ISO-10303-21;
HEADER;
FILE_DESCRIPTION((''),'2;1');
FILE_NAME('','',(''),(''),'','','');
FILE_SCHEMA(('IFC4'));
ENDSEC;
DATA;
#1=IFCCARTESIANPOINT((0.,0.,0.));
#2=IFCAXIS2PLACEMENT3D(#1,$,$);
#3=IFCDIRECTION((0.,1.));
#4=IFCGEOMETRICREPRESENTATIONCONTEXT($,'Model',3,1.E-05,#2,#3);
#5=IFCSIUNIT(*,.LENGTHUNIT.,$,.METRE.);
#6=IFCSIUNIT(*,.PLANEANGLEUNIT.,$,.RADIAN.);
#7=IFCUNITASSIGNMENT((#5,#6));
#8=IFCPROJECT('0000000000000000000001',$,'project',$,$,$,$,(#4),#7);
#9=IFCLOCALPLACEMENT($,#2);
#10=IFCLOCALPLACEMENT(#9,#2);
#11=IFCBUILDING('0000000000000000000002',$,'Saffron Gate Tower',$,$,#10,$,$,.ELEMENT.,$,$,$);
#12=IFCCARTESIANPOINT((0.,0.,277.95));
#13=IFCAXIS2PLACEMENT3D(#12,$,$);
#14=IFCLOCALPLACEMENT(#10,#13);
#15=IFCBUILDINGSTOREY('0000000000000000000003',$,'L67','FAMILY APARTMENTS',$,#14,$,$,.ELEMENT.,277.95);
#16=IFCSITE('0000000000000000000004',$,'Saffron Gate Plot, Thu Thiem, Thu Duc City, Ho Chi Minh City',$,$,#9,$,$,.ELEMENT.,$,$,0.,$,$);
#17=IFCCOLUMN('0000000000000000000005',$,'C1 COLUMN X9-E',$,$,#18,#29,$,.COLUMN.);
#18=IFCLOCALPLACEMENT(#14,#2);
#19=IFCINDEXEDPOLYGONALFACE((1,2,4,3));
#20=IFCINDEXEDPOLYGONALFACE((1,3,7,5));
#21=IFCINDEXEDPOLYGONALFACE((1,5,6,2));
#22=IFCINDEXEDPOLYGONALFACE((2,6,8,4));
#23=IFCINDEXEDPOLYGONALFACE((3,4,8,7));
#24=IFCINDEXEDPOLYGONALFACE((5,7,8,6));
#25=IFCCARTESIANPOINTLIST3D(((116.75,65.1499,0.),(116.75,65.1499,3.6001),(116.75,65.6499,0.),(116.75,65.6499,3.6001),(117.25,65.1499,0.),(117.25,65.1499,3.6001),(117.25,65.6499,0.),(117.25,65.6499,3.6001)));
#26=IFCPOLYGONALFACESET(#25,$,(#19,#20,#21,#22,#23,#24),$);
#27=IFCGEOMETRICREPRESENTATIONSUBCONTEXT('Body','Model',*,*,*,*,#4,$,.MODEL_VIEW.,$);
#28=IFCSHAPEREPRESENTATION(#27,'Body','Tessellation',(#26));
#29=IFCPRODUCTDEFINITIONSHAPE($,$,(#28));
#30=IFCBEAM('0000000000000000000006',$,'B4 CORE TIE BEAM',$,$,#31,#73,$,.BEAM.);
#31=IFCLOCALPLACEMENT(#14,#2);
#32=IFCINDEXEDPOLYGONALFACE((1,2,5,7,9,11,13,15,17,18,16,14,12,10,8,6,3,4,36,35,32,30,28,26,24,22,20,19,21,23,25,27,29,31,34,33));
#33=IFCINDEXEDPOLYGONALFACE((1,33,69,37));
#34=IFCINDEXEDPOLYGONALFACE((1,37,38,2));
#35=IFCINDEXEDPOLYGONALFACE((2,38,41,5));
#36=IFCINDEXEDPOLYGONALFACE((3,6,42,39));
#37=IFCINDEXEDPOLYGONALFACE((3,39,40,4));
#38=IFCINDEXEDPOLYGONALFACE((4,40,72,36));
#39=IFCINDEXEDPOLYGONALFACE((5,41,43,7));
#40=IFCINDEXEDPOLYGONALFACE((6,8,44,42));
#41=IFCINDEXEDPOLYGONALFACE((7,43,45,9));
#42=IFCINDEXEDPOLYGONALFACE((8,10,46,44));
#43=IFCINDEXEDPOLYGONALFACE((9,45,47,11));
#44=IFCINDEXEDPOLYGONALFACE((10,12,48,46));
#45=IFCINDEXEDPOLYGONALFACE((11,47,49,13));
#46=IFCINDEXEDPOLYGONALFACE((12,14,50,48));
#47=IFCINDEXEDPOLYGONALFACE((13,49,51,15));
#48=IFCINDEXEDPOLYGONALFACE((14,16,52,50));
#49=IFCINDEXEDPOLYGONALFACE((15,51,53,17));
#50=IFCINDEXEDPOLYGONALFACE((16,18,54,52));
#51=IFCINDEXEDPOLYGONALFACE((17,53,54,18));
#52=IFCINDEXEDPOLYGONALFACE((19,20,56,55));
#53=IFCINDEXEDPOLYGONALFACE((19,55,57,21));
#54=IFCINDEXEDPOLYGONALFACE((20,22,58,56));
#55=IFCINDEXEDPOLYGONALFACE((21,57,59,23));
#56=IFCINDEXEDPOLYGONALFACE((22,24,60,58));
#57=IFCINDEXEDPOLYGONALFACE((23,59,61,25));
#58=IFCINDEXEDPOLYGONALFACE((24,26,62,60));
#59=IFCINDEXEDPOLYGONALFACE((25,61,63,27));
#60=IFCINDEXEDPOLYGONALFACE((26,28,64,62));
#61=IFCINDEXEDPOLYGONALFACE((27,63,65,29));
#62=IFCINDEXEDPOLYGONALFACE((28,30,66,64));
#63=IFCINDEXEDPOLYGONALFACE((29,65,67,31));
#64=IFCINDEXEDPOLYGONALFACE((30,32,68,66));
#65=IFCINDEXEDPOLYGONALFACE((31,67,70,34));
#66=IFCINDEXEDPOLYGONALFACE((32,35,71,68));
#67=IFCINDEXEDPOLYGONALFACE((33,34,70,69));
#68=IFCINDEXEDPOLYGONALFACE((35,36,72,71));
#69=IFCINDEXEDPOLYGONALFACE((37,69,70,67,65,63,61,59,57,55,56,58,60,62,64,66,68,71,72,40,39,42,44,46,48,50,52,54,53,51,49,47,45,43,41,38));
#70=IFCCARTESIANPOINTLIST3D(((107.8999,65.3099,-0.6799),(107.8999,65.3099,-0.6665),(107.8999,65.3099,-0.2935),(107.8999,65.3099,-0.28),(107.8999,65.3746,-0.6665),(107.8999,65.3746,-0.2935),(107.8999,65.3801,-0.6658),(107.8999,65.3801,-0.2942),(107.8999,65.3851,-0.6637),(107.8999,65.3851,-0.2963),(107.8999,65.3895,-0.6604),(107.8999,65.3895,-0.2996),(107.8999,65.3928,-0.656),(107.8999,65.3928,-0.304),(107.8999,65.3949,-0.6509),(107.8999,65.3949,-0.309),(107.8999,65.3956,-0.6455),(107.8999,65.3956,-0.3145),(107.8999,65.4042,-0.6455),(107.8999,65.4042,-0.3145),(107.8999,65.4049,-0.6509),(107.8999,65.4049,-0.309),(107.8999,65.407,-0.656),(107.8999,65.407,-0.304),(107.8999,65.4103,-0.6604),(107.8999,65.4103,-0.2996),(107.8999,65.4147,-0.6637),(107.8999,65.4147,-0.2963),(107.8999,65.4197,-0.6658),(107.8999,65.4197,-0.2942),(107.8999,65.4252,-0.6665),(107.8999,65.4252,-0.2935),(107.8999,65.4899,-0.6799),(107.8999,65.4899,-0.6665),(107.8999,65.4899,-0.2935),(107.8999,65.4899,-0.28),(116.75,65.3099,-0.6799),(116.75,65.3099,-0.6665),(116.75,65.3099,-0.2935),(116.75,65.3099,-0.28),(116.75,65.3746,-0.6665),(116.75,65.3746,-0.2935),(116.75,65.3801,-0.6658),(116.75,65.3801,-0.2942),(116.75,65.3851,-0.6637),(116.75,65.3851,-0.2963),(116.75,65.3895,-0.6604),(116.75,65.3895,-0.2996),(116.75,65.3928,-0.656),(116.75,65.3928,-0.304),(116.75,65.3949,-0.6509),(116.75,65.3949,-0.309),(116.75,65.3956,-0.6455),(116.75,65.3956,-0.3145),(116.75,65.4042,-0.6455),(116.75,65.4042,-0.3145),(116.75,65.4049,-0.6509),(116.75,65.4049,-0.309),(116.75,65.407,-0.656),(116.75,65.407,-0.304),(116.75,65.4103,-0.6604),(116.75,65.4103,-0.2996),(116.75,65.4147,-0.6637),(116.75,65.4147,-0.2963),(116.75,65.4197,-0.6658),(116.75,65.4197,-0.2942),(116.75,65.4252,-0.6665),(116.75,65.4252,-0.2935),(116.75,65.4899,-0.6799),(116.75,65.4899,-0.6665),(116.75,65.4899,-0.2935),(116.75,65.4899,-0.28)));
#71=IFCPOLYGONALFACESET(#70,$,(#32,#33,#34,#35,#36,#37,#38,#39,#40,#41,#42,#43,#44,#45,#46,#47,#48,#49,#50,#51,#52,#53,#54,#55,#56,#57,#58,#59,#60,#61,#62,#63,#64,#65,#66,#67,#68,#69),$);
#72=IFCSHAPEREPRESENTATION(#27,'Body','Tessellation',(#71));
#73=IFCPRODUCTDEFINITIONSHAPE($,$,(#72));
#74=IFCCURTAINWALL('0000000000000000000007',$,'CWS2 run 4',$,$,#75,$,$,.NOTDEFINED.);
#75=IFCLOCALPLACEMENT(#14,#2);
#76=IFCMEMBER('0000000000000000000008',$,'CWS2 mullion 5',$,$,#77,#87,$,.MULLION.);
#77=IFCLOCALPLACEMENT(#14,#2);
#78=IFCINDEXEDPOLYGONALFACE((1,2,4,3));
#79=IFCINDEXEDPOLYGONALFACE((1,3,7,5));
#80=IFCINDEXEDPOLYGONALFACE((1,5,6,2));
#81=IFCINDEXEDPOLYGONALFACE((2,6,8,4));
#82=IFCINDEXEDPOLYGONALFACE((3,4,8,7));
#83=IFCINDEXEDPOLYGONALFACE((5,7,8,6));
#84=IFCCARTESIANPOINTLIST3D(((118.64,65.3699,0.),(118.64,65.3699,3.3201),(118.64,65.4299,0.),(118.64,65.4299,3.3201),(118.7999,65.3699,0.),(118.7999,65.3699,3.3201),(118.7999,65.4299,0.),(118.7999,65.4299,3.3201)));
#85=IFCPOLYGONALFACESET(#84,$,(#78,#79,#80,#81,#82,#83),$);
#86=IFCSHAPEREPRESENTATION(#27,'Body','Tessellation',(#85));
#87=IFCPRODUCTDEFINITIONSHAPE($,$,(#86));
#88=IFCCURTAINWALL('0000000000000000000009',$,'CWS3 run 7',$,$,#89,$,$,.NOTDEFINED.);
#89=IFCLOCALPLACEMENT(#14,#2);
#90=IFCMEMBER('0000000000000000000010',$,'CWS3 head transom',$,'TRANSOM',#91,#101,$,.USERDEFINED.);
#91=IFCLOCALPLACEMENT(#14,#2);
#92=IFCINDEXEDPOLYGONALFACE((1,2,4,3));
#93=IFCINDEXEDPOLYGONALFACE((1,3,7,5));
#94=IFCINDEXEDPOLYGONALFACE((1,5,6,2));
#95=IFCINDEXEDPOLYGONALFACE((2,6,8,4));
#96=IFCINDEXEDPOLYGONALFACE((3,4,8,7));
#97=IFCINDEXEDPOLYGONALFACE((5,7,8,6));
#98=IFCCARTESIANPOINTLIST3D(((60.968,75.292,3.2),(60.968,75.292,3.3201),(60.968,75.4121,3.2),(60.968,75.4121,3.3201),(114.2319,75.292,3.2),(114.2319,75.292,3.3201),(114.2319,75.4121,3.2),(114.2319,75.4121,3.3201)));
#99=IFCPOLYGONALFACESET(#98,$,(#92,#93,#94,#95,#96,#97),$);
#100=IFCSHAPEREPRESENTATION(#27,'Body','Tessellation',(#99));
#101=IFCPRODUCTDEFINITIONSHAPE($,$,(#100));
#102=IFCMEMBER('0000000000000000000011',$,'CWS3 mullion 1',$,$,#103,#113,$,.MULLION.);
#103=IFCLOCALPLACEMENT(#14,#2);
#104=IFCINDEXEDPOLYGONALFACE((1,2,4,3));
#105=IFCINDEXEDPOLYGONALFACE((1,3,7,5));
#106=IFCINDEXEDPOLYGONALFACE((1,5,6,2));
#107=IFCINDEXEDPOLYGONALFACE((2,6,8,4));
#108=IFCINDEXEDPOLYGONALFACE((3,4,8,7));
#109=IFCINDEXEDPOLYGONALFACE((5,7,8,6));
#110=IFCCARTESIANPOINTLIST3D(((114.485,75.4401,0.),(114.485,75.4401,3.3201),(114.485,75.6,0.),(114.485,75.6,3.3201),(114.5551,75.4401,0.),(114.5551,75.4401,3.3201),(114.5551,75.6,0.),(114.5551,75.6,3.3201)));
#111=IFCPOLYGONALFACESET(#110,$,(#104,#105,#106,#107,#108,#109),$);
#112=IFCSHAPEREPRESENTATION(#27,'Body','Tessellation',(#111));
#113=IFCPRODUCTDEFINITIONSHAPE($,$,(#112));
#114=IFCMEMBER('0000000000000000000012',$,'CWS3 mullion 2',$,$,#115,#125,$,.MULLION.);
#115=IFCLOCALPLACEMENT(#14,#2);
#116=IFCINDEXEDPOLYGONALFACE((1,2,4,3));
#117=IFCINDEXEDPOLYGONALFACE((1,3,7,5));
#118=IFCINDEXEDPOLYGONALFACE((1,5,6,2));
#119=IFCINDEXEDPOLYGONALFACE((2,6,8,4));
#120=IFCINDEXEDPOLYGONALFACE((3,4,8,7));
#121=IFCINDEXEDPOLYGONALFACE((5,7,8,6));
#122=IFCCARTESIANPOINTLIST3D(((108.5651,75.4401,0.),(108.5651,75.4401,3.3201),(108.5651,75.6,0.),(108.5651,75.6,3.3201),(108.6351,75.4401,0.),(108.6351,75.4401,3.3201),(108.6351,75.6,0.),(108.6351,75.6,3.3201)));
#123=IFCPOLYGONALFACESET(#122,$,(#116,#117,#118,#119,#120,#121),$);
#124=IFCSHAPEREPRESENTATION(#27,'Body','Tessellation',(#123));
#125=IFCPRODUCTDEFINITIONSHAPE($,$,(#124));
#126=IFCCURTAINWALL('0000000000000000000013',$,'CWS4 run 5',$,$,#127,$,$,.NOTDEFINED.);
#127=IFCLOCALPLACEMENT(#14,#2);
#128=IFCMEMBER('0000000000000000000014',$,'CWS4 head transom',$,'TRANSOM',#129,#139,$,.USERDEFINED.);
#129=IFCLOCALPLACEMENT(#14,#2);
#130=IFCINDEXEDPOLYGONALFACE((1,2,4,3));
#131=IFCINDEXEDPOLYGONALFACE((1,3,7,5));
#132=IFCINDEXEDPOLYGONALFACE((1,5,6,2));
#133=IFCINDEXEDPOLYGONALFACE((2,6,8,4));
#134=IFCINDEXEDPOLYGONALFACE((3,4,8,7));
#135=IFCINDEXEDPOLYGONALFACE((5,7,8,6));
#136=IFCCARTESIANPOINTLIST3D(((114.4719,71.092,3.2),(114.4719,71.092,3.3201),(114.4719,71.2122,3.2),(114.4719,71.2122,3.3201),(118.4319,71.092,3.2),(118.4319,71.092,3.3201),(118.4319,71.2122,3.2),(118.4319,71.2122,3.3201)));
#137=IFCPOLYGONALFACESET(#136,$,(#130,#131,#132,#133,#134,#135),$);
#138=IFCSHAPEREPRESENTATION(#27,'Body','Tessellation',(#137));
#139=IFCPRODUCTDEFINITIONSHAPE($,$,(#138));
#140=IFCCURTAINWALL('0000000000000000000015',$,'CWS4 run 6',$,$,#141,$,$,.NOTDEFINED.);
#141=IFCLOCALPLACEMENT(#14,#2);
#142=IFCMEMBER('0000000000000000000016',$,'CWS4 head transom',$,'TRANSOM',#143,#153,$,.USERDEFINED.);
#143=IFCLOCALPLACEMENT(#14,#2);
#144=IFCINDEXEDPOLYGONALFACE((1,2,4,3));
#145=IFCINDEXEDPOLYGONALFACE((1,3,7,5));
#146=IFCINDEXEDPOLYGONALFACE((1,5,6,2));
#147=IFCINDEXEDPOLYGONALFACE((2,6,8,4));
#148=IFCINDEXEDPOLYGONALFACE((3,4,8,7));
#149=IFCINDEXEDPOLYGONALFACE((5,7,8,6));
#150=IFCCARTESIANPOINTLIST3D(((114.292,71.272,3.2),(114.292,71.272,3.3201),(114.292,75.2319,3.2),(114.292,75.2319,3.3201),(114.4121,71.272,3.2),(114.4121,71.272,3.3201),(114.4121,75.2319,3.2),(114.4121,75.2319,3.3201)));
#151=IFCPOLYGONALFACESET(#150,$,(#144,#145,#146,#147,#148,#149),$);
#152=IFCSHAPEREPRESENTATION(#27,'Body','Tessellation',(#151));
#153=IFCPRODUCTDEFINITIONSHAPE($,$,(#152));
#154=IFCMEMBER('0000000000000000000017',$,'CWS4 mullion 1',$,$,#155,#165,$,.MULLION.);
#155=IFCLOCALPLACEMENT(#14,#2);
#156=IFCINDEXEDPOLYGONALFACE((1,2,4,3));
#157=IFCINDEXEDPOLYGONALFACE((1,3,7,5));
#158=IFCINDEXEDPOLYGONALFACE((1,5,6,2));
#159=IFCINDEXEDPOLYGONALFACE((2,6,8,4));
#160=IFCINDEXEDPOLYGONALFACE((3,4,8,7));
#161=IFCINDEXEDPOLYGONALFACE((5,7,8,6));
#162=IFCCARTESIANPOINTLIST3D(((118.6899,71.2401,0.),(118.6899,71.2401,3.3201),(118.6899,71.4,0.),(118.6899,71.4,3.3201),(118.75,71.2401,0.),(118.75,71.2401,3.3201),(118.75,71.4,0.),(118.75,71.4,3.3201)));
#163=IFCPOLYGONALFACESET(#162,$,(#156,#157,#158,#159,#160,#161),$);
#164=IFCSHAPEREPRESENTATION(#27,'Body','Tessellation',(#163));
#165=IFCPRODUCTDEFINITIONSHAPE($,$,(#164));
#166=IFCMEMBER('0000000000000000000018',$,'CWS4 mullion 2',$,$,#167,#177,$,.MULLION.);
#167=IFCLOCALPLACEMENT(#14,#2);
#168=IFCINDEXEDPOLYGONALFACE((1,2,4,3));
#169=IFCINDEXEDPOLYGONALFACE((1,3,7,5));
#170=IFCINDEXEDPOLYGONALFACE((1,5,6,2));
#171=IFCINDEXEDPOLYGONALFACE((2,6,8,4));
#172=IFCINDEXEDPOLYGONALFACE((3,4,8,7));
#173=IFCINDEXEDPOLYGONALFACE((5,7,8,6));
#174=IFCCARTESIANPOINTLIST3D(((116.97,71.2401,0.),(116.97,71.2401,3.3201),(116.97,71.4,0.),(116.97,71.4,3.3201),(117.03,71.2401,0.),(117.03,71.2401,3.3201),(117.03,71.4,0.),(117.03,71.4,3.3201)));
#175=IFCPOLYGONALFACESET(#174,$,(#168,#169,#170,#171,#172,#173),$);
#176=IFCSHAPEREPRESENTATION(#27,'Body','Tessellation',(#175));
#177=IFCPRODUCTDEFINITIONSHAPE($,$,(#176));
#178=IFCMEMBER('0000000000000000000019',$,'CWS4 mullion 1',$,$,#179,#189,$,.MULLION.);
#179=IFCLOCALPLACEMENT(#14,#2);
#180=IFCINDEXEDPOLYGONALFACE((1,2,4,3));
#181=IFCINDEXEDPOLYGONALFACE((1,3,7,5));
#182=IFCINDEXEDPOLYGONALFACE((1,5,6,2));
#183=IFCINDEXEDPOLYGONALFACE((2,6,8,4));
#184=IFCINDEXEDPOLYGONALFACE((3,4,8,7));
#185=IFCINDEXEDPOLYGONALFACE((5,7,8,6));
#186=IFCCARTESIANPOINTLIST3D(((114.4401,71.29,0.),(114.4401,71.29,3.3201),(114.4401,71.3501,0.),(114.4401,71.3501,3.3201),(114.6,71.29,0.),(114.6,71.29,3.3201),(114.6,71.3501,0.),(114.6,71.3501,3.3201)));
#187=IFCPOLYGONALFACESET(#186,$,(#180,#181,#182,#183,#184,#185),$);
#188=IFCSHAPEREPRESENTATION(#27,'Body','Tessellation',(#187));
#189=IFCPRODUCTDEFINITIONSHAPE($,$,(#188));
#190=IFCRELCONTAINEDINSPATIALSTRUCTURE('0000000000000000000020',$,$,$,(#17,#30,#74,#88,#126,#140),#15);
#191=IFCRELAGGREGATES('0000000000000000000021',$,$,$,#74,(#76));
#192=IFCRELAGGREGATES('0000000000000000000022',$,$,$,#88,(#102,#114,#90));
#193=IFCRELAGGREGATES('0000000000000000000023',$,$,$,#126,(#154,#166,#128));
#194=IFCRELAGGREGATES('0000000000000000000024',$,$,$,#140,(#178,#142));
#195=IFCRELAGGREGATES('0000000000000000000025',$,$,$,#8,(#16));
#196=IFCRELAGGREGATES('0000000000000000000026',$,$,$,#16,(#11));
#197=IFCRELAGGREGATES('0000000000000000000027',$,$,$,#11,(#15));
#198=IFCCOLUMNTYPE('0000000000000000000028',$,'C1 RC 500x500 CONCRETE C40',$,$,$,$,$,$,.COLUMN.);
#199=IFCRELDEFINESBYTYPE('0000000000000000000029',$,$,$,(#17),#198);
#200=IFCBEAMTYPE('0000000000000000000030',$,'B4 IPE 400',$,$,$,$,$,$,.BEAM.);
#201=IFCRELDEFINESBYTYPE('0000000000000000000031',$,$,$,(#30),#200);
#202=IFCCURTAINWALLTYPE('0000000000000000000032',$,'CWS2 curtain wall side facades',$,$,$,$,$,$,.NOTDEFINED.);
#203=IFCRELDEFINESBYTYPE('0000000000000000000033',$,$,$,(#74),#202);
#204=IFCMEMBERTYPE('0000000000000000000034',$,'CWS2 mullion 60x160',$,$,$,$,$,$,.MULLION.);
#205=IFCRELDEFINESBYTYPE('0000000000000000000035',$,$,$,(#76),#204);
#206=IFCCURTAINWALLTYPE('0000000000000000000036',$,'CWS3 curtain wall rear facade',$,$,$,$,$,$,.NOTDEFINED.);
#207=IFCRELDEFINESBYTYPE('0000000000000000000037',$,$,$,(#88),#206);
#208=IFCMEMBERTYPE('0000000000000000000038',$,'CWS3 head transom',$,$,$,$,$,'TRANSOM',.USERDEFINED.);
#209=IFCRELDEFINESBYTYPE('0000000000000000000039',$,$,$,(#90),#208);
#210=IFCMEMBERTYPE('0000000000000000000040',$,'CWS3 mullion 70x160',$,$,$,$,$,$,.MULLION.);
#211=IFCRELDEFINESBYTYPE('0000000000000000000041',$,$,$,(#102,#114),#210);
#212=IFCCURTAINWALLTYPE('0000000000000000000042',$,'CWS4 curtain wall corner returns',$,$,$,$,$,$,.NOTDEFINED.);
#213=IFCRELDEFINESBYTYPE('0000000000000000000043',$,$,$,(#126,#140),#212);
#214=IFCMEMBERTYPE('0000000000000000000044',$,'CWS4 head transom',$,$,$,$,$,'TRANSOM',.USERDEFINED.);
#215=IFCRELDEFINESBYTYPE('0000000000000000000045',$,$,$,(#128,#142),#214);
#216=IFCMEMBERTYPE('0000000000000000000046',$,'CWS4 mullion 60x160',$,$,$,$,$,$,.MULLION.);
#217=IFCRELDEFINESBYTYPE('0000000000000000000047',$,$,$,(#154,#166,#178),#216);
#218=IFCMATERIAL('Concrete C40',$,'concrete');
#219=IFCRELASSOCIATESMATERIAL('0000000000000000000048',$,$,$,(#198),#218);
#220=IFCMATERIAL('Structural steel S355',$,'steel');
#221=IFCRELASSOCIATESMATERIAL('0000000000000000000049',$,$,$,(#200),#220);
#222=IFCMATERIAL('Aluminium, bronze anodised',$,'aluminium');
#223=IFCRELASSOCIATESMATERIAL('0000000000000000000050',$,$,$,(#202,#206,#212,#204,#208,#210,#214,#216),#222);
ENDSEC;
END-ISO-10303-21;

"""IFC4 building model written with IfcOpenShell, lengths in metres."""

from ifc_helpers import new_model, si_unit, direction, frame, origin, origin_2d, place, context, subcontext, project, spatial, rectangle, i_section, extrude, material, material_profile, profile_set, type_object, element, aggregate, save


model = new_model("IFC4")

# Units and contexts
model_context = context("Model", 3, precision=1e-05, world=origin(), true_north=direction((0.0, 1.0)))
body_context = subcontext(model_context, "Body", "Model", "MODEL_VIEW")
ifc_project = project(units=[si_unit("LENGTHUNIT", "METRE"), si_unit("PLANEANGLEUNIT", "RADIAN")], contexts=[model_context])

# Site, building, storey
site_placement = place(None, origin())
site = spatial("IfcSite", under=ifc_project, at=site_placement, Name="Saffron Gate Plot, Thu Thiem, Thu Duc City, Ho Chi Minh City", CompositionType="ELEMENT", RefElevation=0.0)
building_placement = place(site_placement, origin())
building = spatial("IfcBuilding", under=site, at=building_placement, Name="Saffron Gate Tower", CompositionType="ELEMENT")
storey_placement = place(building_placement, frame((0.0, 0.0, 277.95)))
storey = spatial("IfcBuildingStorey", under=building, at=storey_placement, Name="L67", Description="FAMILY APARTMENTS", CompositionType="ELEMENT", Elevation=277.95)

# Column
ifc_material_1 = material(Name="Concrete C40", Category="concrete")
ifc_material_profile_1 = material_profile(ifc_material_1, rectangle(XDim=0.5, YDim=0.5, at=origin_2d()))
ifc_profile_set_1 = profile_set([ifc_material_profile_1], Name="Concrete C40")
column_type = type_object("IfcColumnType", Name="C1 RC 500x500 CONCRETE C40", PredefinedType="COLUMN", material=ifc_profile_set_1)
column_placement = place(storey_placement, frame((117.0, 65.3999, 0.0), z_axis=(0.0, 0.0, 1.0), x_axis=(1.0, 0.0, 0.0)))
element("IfcColumn", 1, at=column_placement, inside=storey, type_object=column_type, Name="C1 COLUMN X9-E", PredefinedType="COLUMN", context=body_context, shape_type="SweptSolid", body=[
    extrude(rectangle(XDim=0.5, YDim=0.5, at=origin_2d()), origin(), (0.0, 0.0, 1.0), 3.6001),
])

# Beam
ifc_material_2 = material(Name="Structural steel S355", Category="steel")
ifc_material_profile_2 = material_profile(ifc_material_2, i_section(OverallWidth=0.1799, OverallDepth=0.3999, WebThickness=0.0085, FlangeThickness=0.0134, FilletRadius=0.021, at=origin_2d()))
ifc_profile_set_2 = profile_set([ifc_material_profile_2], Name="Structural steel S355")
beam_type = type_object("IfcBeamType", Name="B4 IPE 400", PredefinedType="BEAM", material=ifc_profile_set_2)
beam_placement = place(storey_placement, frame((116.75, 65.3999, -0.48), z_axis=(-1.0, 0.0, 0.0), x_axis=(0.0, -1.0, 0.0)))
element("IfcBeam", 2, at=beam_placement, inside=storey, type_object=beam_type, Name="B4 CORE TIE BEAM", PredefinedType="BEAM", context=body_context, shape_type="SweptSolid", body=[
    extrude(i_section(OverallWidth=0.1799, OverallDepth=0.3999, WebThickness=0.0085, FlangeThickness=0.0134, FilletRadius=0.021, at=origin_2d()), origin(), (0.0, 0.0, 1.0), 8.8501),
])

# Curtain wall, member
ifc_material_3 = material(Name="Aluminium, bronze anodised", Category="aluminium")
curtain_wall_type_1 = type_object("IfcCurtainWallType", Name="CWS2 curtain wall side facades", PredefinedType="NOTDEFINED", material=ifc_material_3)
curtain_wall_1_placement = place(storey_placement, origin())
curtain_wall_1 = element("IfcCurtainWall", 3, at=curtain_wall_1_placement, inside=storey, type_object=curtain_wall_type_1, Name="CWS2 run 4", PredefinedType="NOTDEFINED")
ifc_material_profile_3 = material_profile(ifc_material_3, rectangle(XDim=0.1599, YDim=0.0601, at=origin_2d()))
ifc_profile_set_3 = profile_set([ifc_material_profile_3], Name="Aluminium, bronze anodised")
member_type_1 = type_object("IfcMemberType", Name="CWS2 mullion 60x160", PredefinedType="MULLION", material=ifc_profile_set_3)
member_1_placement = place(storey_placement, frame((118.72, 65.3999, 0.0), z_axis=(0.0, 0.0, 1.0), x_axis=(-1.0, 0.0, 0.0)))
member_1 = element("IfcMember", 4, at=member_1_placement, type_object=member_type_1, Name="CWS2 mullion 5", PredefinedType="MULLION", context=body_context, shape_type="SweptSolid", body=[
    extrude(rectangle(XDim=0.1599, YDim=0.0601, at=origin_2d()), origin(), (0.0, 0.0, 1.0), 3.3201),
])
aggregate(curtain_wall_1, [member_1])

# Curtain wall, members
curtain_wall_type_2 = type_object("IfcCurtainWallType", Name="CWS3 curtain wall rear facade", PredefinedType="NOTDEFINED", material=ifc_material_3)
curtain_wall_2_placement = place(storey_placement, origin())
curtain_wall_2 = element("IfcCurtainWall", 5, at=curtain_wall_2_placement, inside=storey, type_object=curtain_wall_type_2, Name="CWS3 run 7", PredefinedType="NOTDEFINED")
ifc_material_profile_4 = material_profile(ifc_material_3, rectangle(XDim=0.1201, YDim=0.1201, at=origin_2d()))
ifc_profile_set_4 = profile_set([ifc_material_profile_4], Name="Aluminium, bronze anodised")
member_type_2 = type_object("IfcMemberType", Name="CWS3 head transom", ElementType="TRANSOM", PredefinedType="USERDEFINED", material=ifc_profile_set_4)
member_2_placement = place(storey_placement, frame((114.2319, 75.3521, 3.26), z_axis=(-1.0, 0.0, 0.0), x_axis=(0.0, -1.0, 0.0)))
member_2 = element("IfcMember", 6, at=member_2_placement, type_object=member_type_2, Name="CWS3 head transom", ObjectType="TRANSOM", PredefinedType="USERDEFINED", context=body_context, shape_type="SweptSolid", body=[
    extrude(rectangle(XDim=0.1201, YDim=0.1201, at=origin_2d()), origin(), (0.0, 0.0, 1.0), 53.2639),
])
ifc_material_profile_5 = material_profile(ifc_material_3, rectangle(XDim=0.1599, YDim=0.0701, at=origin_2d()))
ifc_profile_set_5 = profile_set([ifc_material_profile_5], Name="Aluminium, bronze anodised")
member_type_3 = type_object("IfcMemberType", Name="CWS3 mullion 70x160", PredefinedType="MULLION", material=ifc_profile_set_5)
member_3_placement = place(storey_placement, frame((114.52, 75.52, 0.0), z_axis=(0.0, 0.0, 1.0), x_axis=(0.0, -1.0, 0.0)))
member_3 = element("IfcMember", 7, at=member_3_placement, type_object=member_type_3, Name="CWS3 mullion 1", PredefinedType="MULLION", context=body_context, shape_type="SweptSolid", body=[
    extrude(rectangle(XDim=0.1599, YDim=0.0701, at=origin_2d()), origin(), (0.0, 0.0, 1.0), 3.3201),
])
member_4_placement = place(storey_placement, frame((108.6001, 75.52, 0.0), z_axis=(0.0, 0.0, 1.0), x_axis=(0.0, -1.0, 0.0)))
member_4 = element("IfcMember", 8, at=member_4_placement, type_object=member_type_3, Name="CWS3 mullion 2", PredefinedType="MULLION", context=body_context, shape_type="SweptSolid", body=[
    extrude(rectangle(XDim=0.1599, YDim=0.0701, at=origin_2d()), origin(), (0.0, 0.0, 1.0), 3.3201),
])

# Curtain walls, members
curtain_wall_type_3 = type_object("IfcCurtainWallType", Name="CWS4 curtain wall corner returns", PredefinedType="NOTDEFINED", material=ifc_material_3)
curtain_wall_3_placement = place(storey_placement, origin())
curtain_wall_3 = element("IfcCurtainWall", 9, at=curtain_wall_3_placement, inside=storey, type_object=curtain_wall_type_3, Name="CWS4 run 5", PredefinedType="NOTDEFINED")
ifc_material_profile_6 = material_profile(ifc_material_3, rectangle(XDim=0.1201, YDim=0.1201, at=origin_2d()))
ifc_profile_set_6 = profile_set([ifc_material_profile_6], Name="Aluminium, bronze anodised")
member_type_4 = type_object("IfcMemberType", Name="CWS4 head transom", ElementType="TRANSOM", PredefinedType="USERDEFINED", material=ifc_profile_set_6)
member_5_placement = place(storey_placement, frame((118.4319, 71.1521, 3.26), z_axis=(-1.0, 0.0, 0.0), x_axis=(0.0, -1.0, 0.0)))
member_5 = element("IfcMember", 10, at=member_5_placement, type_object=member_type_4, Name="CWS4 head transom", ObjectType="TRANSOM", PredefinedType="USERDEFINED", context=body_context, shape_type="SweptSolid", body=[
    extrude(rectangle(XDim=0.1201, YDim=0.1201, at=origin_2d()), origin(), (0.0, 0.0, 1.0), 3.96),
])
curtain_wall_4_placement = place(storey_placement, origin())
curtain_wall_4 = element("IfcCurtainWall", 11, at=curtain_wall_4_placement, inside=storey, type_object=curtain_wall_type_3, Name="CWS4 run 6", PredefinedType="NOTDEFINED")
member_6_placement = place(storey_placement, frame((114.3521, 71.272, 3.26), z_axis=(0.0, 1.0, 0.0), x_axis=(-1.0, 0.0, 0.0)))
member_6 = element("IfcMember", 12, at=member_6_placement, type_object=member_type_4, Name="CWS4 head transom", ObjectType="TRANSOM", PredefinedType="USERDEFINED", context=body_context, shape_type="SweptSolid", body=[
    extrude(rectangle(XDim=0.1201, YDim=0.1201, at=origin_2d()), origin(), (0.0, 0.0, 1.0), 3.96),
])

# Members
ifc_material_profile_7 = material_profile(ifc_material_3, rectangle(XDim=0.1599, YDim=0.0601, at=origin_2d()))
ifc_profile_set_7 = profile_set([ifc_material_profile_7], Name="Aluminium, bronze anodised")
member_type_5 = type_object("IfcMemberType", Name="CWS4 mullion 60x160", PredefinedType="MULLION", material=ifc_profile_set_7)
member_7_placement = place(storey_placement, frame((118.72, 71.3201, 0.0), z_axis=(0.0, 0.0, 1.0), x_axis=(0.0, -1.0, 0.0)))
member_7 = element("IfcMember", 13, at=member_7_placement, type_object=member_type_5, Name="CWS4 mullion 1", PredefinedType="MULLION", context=body_context, shape_type="SweptSolid", body=[
    extrude(rectangle(XDim=0.1599, YDim=0.0601, at=origin_2d()), origin(), (0.0, 0.0, 1.0), 3.3201),
])
member_8_placement = place(storey_placement, frame((117.0, 71.3201, 0.0), z_axis=(0.0, 0.0, 1.0), x_axis=(0.0, -1.0, 0.0)))
member_8 = element("IfcMember", 14, at=member_8_placement, type_object=member_type_5, Name="CWS4 mullion 2", PredefinedType="MULLION", context=body_context, shape_type="SweptSolid", body=[
    extrude(rectangle(XDim=0.1599, YDim=0.0601, at=origin_2d()), origin(), (0.0, 0.0, 1.0), 3.3201),
])
member_9_placement = place(storey_placement, frame((114.52, 71.3201, 0.0), z_axis=(0.0, 0.0, 1.0), x_axis=(-1.0, 0.0, 0.0)))
member_9 = element("IfcMember", 15, at=member_9_placement, type_object=member_type_5, Name="CWS4 mullion 1", PredefinedType="MULLION", context=body_context, shape_type="SweptSolid", body=[
    extrude(rectangle(XDim=0.1599, YDim=0.0601, at=origin_2d()), origin(), (0.0, 0.0, 1.0), 3.3201),
])

aggregate(curtain_wall_2, [member_3, member_4, member_2])

aggregate(curtain_wall_3, [member_7, member_8, member_5])
aggregate(curtain_wall_4, [member_9, member_6])

save(model, "model.ifc")
